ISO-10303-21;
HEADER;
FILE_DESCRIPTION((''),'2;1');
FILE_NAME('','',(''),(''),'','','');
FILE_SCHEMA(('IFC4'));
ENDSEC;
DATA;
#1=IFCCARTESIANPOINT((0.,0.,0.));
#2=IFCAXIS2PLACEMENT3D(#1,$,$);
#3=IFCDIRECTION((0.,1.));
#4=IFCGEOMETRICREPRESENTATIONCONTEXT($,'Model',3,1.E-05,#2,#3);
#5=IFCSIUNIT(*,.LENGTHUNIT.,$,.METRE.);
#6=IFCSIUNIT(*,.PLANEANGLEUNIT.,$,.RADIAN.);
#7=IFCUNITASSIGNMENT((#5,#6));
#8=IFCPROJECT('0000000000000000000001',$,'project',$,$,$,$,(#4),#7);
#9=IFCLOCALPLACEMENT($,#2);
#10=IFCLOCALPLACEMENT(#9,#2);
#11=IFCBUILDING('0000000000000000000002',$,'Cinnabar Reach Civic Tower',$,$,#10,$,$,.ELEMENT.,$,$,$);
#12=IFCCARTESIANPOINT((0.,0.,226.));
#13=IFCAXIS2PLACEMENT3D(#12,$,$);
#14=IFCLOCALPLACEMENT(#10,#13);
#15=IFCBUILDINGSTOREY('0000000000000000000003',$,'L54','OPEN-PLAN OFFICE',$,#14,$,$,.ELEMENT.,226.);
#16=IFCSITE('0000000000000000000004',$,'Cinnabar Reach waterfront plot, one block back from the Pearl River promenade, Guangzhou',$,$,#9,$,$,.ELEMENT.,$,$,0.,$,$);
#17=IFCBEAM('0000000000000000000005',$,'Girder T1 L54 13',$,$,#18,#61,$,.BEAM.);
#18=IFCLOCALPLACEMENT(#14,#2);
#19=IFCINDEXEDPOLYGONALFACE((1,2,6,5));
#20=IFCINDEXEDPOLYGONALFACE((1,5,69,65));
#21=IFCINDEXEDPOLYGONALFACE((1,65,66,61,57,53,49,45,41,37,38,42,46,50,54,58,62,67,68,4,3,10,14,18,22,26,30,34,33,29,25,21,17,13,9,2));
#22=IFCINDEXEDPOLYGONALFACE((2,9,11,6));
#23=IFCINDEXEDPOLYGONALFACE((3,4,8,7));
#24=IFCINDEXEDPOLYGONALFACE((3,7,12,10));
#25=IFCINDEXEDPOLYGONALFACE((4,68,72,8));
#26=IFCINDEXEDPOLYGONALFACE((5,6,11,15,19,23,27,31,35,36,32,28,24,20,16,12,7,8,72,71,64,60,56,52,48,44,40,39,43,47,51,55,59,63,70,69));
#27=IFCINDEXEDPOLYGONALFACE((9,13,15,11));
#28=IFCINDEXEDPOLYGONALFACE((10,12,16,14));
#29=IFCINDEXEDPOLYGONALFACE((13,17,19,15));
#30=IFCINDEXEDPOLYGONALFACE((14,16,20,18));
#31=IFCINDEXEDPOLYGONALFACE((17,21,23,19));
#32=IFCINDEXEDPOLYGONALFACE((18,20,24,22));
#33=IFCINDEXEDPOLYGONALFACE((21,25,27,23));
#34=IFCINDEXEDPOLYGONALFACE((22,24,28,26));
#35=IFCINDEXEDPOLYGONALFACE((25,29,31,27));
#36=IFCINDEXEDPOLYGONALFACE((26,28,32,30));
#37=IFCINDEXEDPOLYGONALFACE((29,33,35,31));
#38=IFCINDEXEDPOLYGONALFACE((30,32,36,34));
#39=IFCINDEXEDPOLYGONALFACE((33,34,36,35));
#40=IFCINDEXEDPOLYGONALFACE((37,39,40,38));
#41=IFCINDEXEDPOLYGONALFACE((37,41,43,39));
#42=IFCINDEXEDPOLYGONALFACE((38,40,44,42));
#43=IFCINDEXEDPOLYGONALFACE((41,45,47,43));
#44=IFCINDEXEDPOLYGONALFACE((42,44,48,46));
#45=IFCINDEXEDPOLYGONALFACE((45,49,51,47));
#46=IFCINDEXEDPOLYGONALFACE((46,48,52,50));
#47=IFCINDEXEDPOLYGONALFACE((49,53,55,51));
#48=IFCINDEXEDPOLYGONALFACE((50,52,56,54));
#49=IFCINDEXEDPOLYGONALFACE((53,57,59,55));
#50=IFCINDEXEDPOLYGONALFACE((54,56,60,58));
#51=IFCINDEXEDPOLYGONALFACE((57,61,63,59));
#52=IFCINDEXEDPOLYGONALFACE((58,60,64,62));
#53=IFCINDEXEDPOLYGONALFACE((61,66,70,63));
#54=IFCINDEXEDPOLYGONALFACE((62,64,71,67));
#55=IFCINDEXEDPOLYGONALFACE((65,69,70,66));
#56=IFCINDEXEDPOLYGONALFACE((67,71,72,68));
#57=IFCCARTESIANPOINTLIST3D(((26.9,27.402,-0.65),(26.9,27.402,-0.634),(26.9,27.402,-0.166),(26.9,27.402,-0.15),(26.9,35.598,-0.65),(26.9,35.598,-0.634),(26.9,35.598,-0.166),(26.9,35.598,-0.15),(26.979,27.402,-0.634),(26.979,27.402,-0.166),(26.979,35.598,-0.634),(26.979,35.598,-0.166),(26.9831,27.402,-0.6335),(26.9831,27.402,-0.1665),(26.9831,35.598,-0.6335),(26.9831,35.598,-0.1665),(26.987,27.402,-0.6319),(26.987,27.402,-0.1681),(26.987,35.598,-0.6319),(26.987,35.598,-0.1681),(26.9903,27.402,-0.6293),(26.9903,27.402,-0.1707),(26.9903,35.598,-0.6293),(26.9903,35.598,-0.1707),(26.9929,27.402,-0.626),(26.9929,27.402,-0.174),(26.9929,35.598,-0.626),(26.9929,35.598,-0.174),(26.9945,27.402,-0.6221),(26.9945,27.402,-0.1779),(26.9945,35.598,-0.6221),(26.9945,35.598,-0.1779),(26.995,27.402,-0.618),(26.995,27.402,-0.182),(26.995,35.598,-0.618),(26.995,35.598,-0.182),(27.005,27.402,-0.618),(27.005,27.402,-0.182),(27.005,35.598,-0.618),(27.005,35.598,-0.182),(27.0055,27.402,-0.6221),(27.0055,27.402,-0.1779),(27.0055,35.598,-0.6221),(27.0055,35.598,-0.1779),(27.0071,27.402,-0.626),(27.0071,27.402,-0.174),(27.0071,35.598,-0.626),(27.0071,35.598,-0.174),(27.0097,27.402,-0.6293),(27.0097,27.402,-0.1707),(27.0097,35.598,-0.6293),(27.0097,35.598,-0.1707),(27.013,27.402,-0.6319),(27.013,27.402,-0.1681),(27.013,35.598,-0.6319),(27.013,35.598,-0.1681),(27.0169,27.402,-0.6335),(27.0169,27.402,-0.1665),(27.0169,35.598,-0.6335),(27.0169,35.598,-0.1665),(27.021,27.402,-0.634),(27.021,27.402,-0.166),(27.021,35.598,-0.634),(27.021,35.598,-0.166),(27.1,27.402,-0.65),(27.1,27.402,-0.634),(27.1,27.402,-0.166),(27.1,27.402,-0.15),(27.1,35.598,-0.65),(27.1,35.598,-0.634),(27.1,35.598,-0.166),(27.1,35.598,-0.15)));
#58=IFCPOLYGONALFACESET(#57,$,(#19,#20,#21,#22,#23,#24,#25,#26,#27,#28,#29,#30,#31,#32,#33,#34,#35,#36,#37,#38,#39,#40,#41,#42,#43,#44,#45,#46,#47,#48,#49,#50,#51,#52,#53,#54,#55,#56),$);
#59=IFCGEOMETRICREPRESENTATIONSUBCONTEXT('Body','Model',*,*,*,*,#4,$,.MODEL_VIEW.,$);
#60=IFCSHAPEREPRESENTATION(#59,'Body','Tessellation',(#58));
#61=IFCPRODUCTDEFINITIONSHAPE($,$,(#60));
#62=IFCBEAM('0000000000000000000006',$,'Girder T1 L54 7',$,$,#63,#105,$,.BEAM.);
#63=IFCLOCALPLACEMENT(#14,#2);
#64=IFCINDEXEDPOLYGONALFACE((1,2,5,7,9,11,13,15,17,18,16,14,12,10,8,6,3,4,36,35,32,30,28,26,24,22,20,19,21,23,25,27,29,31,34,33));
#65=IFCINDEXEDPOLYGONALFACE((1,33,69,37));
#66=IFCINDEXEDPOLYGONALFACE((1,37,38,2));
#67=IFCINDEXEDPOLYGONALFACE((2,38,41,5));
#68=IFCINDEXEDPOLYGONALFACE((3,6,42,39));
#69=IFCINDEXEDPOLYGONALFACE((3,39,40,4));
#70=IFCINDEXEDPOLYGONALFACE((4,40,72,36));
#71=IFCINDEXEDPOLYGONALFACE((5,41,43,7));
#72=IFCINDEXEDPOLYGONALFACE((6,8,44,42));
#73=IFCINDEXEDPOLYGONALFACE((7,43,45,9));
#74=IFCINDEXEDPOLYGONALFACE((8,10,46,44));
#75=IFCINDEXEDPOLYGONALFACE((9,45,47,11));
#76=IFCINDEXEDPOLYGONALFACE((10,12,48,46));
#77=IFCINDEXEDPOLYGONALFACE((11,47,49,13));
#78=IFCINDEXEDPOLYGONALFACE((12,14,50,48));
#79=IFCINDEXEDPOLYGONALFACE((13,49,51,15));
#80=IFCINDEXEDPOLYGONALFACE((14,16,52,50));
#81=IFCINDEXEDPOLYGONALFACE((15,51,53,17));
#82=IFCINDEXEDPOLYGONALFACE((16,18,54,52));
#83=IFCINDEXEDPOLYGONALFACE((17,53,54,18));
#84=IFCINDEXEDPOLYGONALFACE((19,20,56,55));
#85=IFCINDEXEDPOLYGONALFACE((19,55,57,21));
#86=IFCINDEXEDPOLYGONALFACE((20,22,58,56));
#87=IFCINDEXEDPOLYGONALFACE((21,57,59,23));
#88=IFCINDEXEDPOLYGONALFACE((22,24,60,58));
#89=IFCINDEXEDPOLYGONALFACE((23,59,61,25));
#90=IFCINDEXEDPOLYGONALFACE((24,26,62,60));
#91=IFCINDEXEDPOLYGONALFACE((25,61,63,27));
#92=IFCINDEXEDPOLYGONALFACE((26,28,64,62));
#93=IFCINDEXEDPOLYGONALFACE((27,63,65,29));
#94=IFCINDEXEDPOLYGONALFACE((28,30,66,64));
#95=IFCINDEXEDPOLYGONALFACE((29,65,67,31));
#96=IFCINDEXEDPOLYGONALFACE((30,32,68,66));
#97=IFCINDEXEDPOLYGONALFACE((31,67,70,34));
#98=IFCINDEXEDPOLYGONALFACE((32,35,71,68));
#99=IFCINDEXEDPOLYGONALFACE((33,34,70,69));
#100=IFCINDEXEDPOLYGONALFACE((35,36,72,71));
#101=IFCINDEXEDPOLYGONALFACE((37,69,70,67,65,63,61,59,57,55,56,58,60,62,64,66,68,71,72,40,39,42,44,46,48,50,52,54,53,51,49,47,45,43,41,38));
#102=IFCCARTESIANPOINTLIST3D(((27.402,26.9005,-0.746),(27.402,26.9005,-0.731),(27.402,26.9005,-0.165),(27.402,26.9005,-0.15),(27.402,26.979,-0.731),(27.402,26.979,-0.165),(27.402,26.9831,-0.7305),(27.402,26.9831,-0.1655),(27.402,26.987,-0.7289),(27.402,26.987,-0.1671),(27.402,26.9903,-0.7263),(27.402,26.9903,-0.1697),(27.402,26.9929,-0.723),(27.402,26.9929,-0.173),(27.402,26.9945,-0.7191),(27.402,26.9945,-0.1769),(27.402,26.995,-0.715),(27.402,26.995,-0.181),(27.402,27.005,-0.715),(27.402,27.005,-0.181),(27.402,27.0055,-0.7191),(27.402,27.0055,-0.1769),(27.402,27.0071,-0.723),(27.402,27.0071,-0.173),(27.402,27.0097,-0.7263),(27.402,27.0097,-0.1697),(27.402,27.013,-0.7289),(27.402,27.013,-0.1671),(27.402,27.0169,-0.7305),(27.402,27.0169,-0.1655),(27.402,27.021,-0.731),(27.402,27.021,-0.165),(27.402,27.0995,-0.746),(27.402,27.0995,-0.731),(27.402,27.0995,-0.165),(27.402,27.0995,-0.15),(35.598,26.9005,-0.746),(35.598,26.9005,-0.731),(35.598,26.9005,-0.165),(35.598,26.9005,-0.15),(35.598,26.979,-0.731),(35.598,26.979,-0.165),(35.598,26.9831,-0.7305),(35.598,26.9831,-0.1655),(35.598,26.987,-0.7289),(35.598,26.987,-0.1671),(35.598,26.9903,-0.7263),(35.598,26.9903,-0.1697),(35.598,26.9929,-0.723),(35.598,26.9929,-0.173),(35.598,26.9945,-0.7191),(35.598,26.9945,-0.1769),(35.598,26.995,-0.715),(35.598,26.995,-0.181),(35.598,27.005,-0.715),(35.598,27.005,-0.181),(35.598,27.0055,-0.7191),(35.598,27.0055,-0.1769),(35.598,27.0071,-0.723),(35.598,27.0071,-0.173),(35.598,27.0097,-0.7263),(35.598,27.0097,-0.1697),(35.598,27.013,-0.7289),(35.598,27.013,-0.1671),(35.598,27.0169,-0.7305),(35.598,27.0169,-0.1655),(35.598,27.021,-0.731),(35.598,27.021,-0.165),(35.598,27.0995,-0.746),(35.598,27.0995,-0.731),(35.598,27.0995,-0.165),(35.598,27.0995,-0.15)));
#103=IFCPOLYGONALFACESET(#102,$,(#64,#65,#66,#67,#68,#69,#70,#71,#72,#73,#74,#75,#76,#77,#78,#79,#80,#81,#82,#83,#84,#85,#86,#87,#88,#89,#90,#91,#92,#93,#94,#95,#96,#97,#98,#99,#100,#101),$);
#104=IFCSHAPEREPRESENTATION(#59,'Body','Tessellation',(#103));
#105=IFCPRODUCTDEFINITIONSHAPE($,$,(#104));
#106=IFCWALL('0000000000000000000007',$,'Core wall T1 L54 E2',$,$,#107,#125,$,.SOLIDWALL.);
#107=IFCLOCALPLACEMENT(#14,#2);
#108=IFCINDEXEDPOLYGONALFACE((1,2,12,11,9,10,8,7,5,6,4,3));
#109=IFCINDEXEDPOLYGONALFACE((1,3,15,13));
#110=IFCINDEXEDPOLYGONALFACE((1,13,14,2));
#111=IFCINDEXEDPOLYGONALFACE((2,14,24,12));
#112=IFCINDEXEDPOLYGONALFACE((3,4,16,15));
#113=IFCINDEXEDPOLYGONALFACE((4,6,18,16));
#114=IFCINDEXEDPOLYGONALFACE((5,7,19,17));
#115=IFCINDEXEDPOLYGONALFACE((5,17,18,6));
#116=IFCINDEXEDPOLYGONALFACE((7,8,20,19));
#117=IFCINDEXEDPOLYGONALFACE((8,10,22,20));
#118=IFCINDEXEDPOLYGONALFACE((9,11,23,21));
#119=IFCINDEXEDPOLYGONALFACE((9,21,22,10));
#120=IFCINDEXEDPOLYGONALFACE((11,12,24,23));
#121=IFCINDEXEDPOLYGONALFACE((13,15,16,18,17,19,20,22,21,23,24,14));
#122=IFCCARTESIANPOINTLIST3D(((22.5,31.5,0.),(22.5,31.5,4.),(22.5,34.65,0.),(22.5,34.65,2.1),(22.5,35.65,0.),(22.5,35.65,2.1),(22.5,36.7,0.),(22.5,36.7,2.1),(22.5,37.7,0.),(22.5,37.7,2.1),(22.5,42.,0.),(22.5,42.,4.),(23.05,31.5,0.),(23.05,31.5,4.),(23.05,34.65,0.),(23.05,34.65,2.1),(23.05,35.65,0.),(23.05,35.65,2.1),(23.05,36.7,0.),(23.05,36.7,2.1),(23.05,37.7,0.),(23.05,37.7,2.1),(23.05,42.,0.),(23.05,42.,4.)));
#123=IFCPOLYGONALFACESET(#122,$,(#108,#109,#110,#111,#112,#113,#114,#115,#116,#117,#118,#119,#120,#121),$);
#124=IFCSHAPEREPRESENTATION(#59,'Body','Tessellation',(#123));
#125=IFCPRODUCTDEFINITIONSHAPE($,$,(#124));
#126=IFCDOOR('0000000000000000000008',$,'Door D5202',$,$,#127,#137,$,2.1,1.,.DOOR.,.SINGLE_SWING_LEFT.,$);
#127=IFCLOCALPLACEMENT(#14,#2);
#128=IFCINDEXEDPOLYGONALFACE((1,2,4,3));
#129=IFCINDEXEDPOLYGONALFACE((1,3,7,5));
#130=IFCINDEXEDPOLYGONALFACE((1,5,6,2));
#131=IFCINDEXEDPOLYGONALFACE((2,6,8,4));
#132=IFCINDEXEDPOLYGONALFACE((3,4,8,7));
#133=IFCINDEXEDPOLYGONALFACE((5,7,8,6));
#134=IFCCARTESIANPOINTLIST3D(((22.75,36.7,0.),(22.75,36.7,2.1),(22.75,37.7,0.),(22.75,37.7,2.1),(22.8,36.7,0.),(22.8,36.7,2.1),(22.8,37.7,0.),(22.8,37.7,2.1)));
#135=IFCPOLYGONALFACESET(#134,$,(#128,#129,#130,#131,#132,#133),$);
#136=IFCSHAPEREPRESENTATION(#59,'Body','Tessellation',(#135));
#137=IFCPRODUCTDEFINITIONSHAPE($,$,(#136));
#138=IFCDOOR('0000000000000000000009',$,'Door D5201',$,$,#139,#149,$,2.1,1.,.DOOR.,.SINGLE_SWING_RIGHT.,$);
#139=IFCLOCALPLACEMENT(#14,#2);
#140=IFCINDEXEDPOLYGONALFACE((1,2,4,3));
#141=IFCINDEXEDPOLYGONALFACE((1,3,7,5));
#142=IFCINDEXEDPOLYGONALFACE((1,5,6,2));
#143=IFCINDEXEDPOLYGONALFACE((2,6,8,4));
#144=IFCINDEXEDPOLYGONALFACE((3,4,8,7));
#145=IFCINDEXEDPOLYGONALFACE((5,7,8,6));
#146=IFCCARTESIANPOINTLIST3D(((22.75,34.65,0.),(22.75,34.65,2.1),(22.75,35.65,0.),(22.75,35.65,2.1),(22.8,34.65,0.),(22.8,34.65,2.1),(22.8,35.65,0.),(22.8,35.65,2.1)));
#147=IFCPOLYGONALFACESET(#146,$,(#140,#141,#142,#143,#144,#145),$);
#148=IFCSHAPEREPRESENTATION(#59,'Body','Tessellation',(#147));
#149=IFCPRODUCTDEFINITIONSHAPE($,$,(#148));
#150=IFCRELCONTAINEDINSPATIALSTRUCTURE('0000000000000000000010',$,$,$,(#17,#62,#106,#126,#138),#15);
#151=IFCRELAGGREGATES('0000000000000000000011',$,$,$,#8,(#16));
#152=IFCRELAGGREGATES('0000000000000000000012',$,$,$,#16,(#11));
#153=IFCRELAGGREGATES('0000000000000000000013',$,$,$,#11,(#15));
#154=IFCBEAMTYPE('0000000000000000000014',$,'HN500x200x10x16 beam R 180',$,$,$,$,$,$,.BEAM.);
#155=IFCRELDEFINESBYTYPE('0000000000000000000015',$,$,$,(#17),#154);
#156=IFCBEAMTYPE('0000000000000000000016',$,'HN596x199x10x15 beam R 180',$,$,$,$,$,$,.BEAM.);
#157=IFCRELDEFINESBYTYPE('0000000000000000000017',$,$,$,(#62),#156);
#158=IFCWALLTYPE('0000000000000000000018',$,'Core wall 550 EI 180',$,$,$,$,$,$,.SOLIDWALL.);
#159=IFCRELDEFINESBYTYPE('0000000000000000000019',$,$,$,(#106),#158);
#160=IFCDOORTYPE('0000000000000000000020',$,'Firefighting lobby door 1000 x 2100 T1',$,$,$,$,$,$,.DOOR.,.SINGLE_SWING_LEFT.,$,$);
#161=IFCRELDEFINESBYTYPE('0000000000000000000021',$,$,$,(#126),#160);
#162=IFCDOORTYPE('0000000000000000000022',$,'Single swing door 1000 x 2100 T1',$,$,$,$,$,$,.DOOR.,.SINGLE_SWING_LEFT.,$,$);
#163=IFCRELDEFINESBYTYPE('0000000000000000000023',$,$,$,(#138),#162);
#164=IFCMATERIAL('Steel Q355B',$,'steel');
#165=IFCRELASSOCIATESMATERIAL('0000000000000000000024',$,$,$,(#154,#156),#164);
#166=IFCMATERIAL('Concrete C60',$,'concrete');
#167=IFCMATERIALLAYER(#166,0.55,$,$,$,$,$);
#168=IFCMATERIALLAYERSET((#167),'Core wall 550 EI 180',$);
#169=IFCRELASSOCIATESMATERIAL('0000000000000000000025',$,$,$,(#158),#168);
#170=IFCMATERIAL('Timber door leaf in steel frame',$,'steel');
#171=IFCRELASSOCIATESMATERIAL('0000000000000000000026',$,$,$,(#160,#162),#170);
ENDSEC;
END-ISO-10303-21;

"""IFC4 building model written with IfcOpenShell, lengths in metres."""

from ifc_helpers import new_model, si_unit, direction, frame, frame_2d, origin, origin_2d, place, context, subcontext, project, spatial, rectangle, i_section, extrude, material, layer, layer_set, material_profile, profile_set, type_object, element, fill, save


model = new_model("IFC4")

# Units and contexts
model_context = context("Model", 3, precision=1e-05, world=origin(), true_north=direction((0.0, 1.0)))
body_context = subcontext(model_context, "Body", "Model", "MODEL_VIEW")
ifc_project = project(units=[si_unit("LENGTHUNIT", "METRE"), si_unit("PLANEANGLEUNIT", "RADIAN")], contexts=[model_context])

# Site, building, storey
site_placement = place(None, origin())
site = spatial("IfcSite", under=ifc_project, at=site_placement, Name="Cinnabar Reach waterfront plot, one block back from the Pearl River promenade, Guangzhou", CompositionType="ELEMENT", RefElevation=0.0)
building_placement = place(site_placement, origin())
building = spatial("IfcBuilding", under=site, at=building_placement, Name="Cinnabar Reach Civic Tower", CompositionType="ELEMENT")
storey_placement = place(building_placement, frame((0.0, 0.0, 226.0)))
storey = spatial("IfcBuildingStorey", under=building, at=storey_placement, Name="L54", Description="OPEN-PLAN OFFICE", CompositionType="ELEMENT", Elevation=226.0)

# Shared definitions
ifc_material_1 = material(Name="Concrete C60", Category="concrete")

# Beams
ifc_material_2 = material(Name="Steel Q355B", Category="steel")
ifc_material_profile_1 = material_profile(ifc_material_2, i_section(OverallWidth=0.2, OverallDepth=0.5, WebThickness=0.01, FlangeThickness=0.016, FilletRadius=0.016, at=origin_2d()), Name="HN500x200x10x16")
ifc_profile_set_1 = profile_set([ifc_material_profile_1], Name="Steel Q355B")
beam_type_1 = type_object("IfcBeamType", Name="HN500x200x10x16 beam R 180", PredefinedType="BEAM", material=ifc_profile_set_1)
beam_1_placement = place(storey_placement, frame((27.0, 27.402, -0.4), z_axis=(0.0, 1.0, 0.0), x_axis=(-1.0, 0.0, 0.0)))
element("IfcBeam", 1, at=beam_1_placement, inside=storey, type_object=beam_type_1, Name="Girder T1 L54 13", PredefinedType="BEAM", context=body_context, shape_type="SweptSolid", body=[
    extrude(i_section(OverallWidth=0.2, OverallDepth=0.5, WebThickness=0.01, FlangeThickness=0.016, FilletRadius=0.016, at=origin_2d()), origin(), (0.0, 0.0, 1.0), 8.196),
])
ifc_material_profile_2 = material_profile(ifc_material_2, i_section(OverallWidth=0.199, OverallDepth=0.596, WebThickness=0.01, FlangeThickness=0.015, FilletRadius=0.016, at=origin_2d()), Name="HN596x199x10x15")
ifc_profile_set_2 = profile_set([ifc_material_profile_2], Name="Steel Q355B")
beam_type_2 = type_object("IfcBeamType", Name="HN596x199x10x15 beam R 180", PredefinedType="BEAM", material=ifc_profile_set_2)
beam_2_placement = place(storey_placement, frame((27.402, 27.0, -0.448), z_axis=(1.0, 0.0, 0.0), x_axis=(0.0, 1.0, 0.0)))
element("IfcBeam", 2, at=beam_2_placement, inside=storey, type_object=beam_type_2, Name="Girder T1 L54 7", PredefinedType="BEAM", context=body_context, shape_type="SweptSolid", body=[
    extrude(i_section(OverallWidth=0.199, OverallDepth=0.596, WebThickness=0.01, FlangeThickness=0.015, FilletRadius=0.016, at=origin_2d()), origin(), (0.0, 0.0, 1.0), 8.196),
])

# Wall, openings, doors
ifc_layer_1 = layer(ifc_material_1, 0.55)
ifc_layer_set_1 = layer_set([ifc_layer_1], Name="Core wall 550 EI 180")
wall_type_1 = type_object("IfcWallType", Name="Core wall 550 EI 180", PredefinedType="SOLIDWALL", material=ifc_layer_set_1)
wall_1_placement = place(storey_placement, frame((22.775, 31.5, 0.0), z_axis=(0.0, 0.0, 1.0), x_axis=(0.0, 1.0, 0.0)))
wall_1 = element("IfcWall", 3, at=wall_1_placement, inside=storey, type_object=wall_type_1, Name="Core wall T1 L54 E2", PredefinedType="SOLIDWALL", context=body_context, shape_type="SweptSolid", body=[
    extrude(rectangle(XDim=10.5, YDim=0.55, at=frame_2d((5.25, 0.0))), origin(), (0.0, 0.0, 1.0), 4.0),
])
opening_1_placement = place(wall_1_placement, frame((3.15, 0.0, 0.0)))
opening_1 = element("IfcOpeningElement", 4, at=opening_1_placement, cuts=wall_1, PredefinedType="OPENING", context=body_context, shape_type="SweptSolid", body=[
    extrude(rectangle(XDim=1.0, YDim=2.1, at=frame_2d((0.5, 1.05))), frame((0.0, 0.285, 0.0), z_axis=(0.0, -1.0, 0.0), x_axis=(1.0, 0.0, 0.0)), (0.0, 0.0, 1.0), 0.57),
])
opening_2_placement = place(wall_1_placement, frame((5.2, 0.0, 0.0)))
opening_2 = element("IfcOpeningElement", 5, at=opening_2_placement, cuts=wall_1, PredefinedType="OPENING", context=body_context, shape_type="SweptSolid", body=[
    extrude(rectangle(XDim=1.0, YDim=2.1, at=frame_2d((0.5, 1.05))), frame((0.0, 0.285, 0.0), z_axis=(0.0, -1.0, 0.0), x_axis=(1.0, 0.0, 0.0)), (0.0, 0.0, 1.0), 0.57),
])
ifc_material_3 = material(Name="Timber door leaf in steel frame", Category="steel")
door_type_1 = type_object("IfcDoorType", Name="Firefighting lobby door 1000 x 2100 T1", OperationType="SINGLE_SWING_LEFT", PredefinedType="DOOR", material=ifc_material_3)
door_1_placement = place(opening_2_placement, origin())
door_1 = element("IfcDoor", 6, at=door_1_placement, inside=storey, type_object=door_type_1, Name="Door D5202", OperationType="SINGLE_SWING_LEFT", OverallHeight=2.1, OverallWidth=1.0, PredefinedType="DOOR", context=body_context, shape_type="SweptSolid", body=[
    extrude(rectangle(XDim=1.0, YDim=2.1, at=frame_2d((0.5, 1.05))), frame((0.0, 0.025, 0.0), z_axis=(0.0, -1.0, 0.0), x_axis=(1.0, 0.0, 0.0)), (0.0, 0.0, 1.0), 0.05),
])
fill(opening_2, door_1)
door_type_2 = type_object("IfcDoorType", Name="Single swing door 1000 x 2100 T1", OperationType="SINGLE_SWING_LEFT", PredefinedType="DOOR", material=ifc_material_3)
door_2_placement = place(opening_1_placement, origin())
door_2 = element("IfcDoor", 7, at=door_2_placement, inside=storey, type_object=door_type_2, Name="Door D5201", OperationType="SINGLE_SWING_RIGHT", OverallHeight=2.1, OverallWidth=1.0, PredefinedType="DOOR", context=body_context, shape_type="SweptSolid", body=[
    extrude(rectangle(XDim=1.0, YDim=2.1, at=frame_2d((0.5, 1.05))), frame((0.0, 0.025, 0.0), z_axis=(0.0, -1.0, 0.0), x_axis=(1.0, 0.0, 0.0)), (0.0, 0.0, 1.0), 0.05),
])
fill(opening_1, door_2)

save(model, "model.ifc")
